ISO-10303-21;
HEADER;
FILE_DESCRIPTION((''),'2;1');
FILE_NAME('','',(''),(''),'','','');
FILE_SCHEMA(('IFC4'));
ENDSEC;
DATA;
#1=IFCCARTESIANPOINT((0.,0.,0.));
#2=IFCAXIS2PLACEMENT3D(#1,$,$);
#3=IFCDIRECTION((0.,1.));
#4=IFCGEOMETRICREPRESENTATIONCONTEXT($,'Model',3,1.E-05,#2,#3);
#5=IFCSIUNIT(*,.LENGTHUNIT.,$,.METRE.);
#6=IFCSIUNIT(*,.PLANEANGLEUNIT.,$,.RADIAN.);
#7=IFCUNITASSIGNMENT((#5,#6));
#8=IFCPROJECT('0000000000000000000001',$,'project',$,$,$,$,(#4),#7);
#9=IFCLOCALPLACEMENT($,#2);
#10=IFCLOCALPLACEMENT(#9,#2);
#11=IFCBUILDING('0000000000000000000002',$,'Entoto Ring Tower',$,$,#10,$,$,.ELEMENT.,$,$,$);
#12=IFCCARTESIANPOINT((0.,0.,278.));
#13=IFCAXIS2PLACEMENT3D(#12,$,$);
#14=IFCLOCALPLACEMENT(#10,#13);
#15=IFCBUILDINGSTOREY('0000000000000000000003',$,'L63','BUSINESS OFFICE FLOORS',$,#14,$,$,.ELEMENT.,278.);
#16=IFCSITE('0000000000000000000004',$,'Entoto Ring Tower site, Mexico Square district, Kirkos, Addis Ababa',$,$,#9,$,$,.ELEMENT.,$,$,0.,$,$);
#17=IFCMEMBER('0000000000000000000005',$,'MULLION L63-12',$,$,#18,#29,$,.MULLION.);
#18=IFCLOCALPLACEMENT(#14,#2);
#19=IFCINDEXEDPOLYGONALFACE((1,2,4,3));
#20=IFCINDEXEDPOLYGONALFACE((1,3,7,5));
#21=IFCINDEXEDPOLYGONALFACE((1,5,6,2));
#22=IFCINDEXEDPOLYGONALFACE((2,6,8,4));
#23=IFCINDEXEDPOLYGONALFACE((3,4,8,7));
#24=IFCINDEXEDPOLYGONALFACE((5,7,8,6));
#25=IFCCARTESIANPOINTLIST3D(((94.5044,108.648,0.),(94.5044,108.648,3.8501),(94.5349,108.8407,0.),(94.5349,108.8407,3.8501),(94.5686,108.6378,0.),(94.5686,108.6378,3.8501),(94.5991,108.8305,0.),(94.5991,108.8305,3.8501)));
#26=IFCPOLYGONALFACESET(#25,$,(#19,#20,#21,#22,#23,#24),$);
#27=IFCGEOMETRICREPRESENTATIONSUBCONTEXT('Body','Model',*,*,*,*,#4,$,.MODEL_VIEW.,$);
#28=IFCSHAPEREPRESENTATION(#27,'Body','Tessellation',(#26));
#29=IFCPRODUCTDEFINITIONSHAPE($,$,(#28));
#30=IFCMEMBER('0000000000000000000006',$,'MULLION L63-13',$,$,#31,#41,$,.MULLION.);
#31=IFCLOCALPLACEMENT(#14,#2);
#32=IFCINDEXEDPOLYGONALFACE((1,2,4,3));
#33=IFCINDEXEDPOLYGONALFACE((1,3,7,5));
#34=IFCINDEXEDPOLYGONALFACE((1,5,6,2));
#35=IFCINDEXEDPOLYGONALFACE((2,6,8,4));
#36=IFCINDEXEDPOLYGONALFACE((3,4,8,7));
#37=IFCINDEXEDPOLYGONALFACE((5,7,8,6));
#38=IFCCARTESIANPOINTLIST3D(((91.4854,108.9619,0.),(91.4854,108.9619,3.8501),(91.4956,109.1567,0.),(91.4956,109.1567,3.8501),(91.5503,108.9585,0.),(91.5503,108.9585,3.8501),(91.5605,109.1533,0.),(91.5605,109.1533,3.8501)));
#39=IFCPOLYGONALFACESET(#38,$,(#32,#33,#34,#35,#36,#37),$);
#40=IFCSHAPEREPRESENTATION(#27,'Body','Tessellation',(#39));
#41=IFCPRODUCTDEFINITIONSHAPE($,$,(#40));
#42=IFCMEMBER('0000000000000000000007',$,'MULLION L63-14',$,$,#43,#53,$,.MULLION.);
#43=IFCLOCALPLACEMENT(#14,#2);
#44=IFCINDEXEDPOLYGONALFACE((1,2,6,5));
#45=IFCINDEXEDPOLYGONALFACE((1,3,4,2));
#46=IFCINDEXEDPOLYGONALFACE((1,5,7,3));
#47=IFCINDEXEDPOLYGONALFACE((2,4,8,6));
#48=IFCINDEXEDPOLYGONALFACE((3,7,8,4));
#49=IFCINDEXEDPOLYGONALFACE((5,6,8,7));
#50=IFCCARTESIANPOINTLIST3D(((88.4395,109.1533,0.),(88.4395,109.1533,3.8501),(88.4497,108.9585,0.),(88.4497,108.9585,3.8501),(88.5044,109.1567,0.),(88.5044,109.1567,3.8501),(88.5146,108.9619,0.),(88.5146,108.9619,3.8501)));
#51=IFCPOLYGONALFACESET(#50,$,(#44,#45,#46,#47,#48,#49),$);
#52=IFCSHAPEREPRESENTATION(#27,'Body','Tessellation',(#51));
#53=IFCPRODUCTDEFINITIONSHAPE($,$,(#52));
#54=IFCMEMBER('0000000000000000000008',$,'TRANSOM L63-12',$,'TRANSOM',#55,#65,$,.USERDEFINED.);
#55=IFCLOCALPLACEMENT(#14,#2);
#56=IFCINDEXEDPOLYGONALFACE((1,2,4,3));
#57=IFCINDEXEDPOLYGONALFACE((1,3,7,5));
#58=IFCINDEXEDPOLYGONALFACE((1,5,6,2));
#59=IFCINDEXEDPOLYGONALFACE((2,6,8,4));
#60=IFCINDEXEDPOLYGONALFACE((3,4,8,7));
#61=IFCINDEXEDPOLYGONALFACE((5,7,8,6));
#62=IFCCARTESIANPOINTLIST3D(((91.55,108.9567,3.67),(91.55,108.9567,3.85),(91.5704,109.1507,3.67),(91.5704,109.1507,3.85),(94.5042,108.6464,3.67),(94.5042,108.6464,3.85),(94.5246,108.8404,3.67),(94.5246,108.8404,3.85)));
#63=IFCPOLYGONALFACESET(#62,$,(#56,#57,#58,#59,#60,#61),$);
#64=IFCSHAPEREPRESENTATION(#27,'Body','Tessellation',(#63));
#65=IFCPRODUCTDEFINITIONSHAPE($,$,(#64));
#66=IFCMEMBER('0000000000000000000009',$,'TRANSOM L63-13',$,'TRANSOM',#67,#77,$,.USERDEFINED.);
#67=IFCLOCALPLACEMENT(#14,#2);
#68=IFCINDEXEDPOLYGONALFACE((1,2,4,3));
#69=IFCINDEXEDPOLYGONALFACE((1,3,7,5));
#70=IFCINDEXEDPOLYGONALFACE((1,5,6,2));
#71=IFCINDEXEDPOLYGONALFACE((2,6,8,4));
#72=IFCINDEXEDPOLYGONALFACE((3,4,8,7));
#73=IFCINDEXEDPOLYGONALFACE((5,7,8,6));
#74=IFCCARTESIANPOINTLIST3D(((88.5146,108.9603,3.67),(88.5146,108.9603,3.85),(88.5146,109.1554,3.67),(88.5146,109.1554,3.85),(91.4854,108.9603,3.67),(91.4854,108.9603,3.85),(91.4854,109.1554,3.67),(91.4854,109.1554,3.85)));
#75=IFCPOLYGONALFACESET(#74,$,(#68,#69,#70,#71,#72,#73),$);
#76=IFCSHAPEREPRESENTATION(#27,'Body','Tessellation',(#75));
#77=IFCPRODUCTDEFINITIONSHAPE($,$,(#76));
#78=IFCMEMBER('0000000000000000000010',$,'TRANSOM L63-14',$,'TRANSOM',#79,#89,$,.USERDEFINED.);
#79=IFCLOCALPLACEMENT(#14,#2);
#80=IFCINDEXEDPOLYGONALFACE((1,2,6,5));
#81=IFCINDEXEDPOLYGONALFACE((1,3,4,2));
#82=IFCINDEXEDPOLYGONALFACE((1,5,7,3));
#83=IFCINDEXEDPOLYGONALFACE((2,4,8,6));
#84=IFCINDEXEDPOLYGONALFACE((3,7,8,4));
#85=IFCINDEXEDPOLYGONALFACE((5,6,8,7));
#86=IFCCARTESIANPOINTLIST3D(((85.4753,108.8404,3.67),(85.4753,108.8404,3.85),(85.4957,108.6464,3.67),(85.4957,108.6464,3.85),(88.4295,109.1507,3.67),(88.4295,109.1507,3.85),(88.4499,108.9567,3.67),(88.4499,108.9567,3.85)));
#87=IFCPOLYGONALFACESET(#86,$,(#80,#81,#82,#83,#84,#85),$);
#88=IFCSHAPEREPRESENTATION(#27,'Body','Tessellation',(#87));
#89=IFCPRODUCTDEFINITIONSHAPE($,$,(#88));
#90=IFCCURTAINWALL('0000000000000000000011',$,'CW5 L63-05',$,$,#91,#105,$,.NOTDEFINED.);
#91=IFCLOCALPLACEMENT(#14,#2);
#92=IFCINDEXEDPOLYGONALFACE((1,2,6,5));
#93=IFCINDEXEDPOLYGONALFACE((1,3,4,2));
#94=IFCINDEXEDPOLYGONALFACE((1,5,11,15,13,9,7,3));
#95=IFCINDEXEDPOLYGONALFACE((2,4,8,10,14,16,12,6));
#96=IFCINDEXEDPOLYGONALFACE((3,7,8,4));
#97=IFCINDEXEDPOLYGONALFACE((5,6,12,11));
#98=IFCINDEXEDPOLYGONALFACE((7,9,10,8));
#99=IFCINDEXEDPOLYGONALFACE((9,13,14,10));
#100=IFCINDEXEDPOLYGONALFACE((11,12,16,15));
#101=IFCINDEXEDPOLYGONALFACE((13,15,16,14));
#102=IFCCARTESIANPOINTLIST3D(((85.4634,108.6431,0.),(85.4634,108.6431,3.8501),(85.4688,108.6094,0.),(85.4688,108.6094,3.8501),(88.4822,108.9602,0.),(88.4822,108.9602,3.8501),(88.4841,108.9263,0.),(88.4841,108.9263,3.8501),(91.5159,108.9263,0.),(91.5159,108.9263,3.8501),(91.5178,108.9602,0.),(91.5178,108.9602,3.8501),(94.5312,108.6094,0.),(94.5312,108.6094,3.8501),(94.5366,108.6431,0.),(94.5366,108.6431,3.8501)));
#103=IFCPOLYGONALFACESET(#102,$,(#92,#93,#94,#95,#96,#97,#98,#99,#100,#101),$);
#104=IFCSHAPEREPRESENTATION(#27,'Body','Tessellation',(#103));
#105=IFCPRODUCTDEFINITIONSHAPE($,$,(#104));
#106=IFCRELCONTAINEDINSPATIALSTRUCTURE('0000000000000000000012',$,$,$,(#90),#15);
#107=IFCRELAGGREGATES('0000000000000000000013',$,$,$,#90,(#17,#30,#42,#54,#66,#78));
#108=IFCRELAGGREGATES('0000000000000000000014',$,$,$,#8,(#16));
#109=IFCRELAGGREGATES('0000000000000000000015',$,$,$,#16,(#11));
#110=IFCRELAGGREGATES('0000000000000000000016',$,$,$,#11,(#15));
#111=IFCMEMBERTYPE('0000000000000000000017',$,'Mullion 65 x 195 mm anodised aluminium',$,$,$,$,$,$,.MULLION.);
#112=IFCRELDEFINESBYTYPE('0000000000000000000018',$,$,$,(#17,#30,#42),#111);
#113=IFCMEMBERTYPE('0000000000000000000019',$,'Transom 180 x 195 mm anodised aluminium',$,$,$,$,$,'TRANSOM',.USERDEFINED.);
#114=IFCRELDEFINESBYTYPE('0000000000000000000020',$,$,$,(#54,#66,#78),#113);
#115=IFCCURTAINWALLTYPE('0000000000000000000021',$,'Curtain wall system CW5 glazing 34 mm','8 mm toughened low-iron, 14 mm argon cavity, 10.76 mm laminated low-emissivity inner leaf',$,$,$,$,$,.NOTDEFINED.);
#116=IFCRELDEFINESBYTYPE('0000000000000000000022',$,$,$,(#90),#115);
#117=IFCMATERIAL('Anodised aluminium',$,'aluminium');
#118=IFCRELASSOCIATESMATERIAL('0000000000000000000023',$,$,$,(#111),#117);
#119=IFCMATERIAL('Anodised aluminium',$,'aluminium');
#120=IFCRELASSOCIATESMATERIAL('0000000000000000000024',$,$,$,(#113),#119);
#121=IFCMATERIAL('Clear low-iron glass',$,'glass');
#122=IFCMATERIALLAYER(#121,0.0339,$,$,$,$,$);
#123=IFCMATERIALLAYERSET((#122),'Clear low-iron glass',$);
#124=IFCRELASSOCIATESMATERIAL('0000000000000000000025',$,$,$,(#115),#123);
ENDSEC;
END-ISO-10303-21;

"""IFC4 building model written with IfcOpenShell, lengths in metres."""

from ifc_helpers import new_model, si_unit, direction, frame, origin, origin_2d, place, context, subcontext, project, spatial, polyline, rectangle, outline, extrude, material, layer, layer_set, material_profile, profile_set, type_object, element, aggregate, save


model = new_model("IFC4")

# Units and contexts
model_context = context("Model", 3, precision=1e-05, world=origin(), true_north=direction((0.0, 1.0)))
body_context = subcontext(model_context, "Body", "Model", "MODEL_VIEW")
ifc_project = project(units=[si_unit("LENGTHUNIT", "METRE"), si_unit("PLANEANGLEUNIT", "RADIAN")], contexts=[model_context])

# Members
ifc_material_1 = material(Name="Anodised aluminium", Category="aluminium")
ifc_material_profile_1 = material_profile(ifc_material_1, rectangle(XDim=0.0649, YDim=0.1951, at=origin_2d()), Name="Mullion 65 x 195 mm anodised aluminium")
ifc_profile_set_1 = profile_set([ifc_material_profile_1], Name="Anodised aluminium")
member_type_1 = type_object("IfcMemberType", Name="Mullion 65 x 195 mm anodised aluminium", PredefinedType="MULLION", material=ifc_profile_set_1)
site_placement = place(None, origin())
building_placement = place(site_placement, origin())
storey_placement = place(building_placement, frame((0.0, 0.0, 278.0)))
member_1_placement = place(storey_placement, frame((94.5518, 108.7393, 0.0), z_axis=(0.0, 0.0, 1.0), x_axis=(-0.987688, 0.156434, 0.0)))
member_1 = element("IfcMember", 1, at=member_1_placement, type_object=member_type_1, Name="MULLION L63-12", PredefinedType="MULLION", context=body_context, shape_type="SweptSolid", body=[
    extrude(rectangle(XDim=0.0649, YDim=0.1951, at=origin_2d()), origin(), (0.0, 0.0, 1.0), 3.8501),
])
member_2_placement = place(storey_placement, frame((91.5229, 109.0576, 0.0), z_axis=(0.0, 0.0, 1.0), x_axis=(-0.99863, 0.052336, 0.0)))
member_2 = element("IfcMember", 2, at=member_2_placement, type_object=member_type_1, Name="MULLION L63-13", PredefinedType="MULLION", context=body_context, shape_type="SweptSolid", body=[
    extrude(rectangle(XDim=0.0649, YDim=0.1951, at=origin_2d()), origin(), (0.0, 0.0, 1.0), 3.8501),
])
member_3_placement = place(storey_placement, frame((88.4771, 109.0576, 0.0), z_axis=(0.0, 0.0, 1.0), x_axis=(-0.99863, -0.052336, 0.0)))
member_3 = element("IfcMember", 3, at=member_3_placement, type_object=member_type_1, Name="MULLION L63-14", PredefinedType="MULLION", context=body_context, shape_type="SweptSolid", body=[
    extrude(rectangle(XDim=0.0649, YDim=0.1951, at=origin_2d()), origin(), (0.0, 0.0, 1.0), 3.8501),
])
ifc_material_2 = material(Name="Anodised aluminium", Category="aluminium")
ifc_material_profile_2 = material_profile(ifc_material_2, rectangle(XDim=0.1951, YDim=0.1799, at=origin_2d()), Name="Transom 180 x 195 mm anodised aluminium")
ifc_profile_set_2 = profile_set([ifc_material_profile_2], Name="Anodised aluminium")
member_type_2 = type_object("IfcMemberType", Name="Transom 180 x 195 mm anodised aluminium", ElementType="TRANSOM", PredefinedType="USERDEFINED", material=ifc_profile_set_2)
member_4_placement = place(storey_placement, frame((94.5144, 108.7434, 3.76), z_axis=(-0.994528, 0.104467, 0.0), x_axis=(-0.104467, -0.994528, 0.0)))
member_4 = element("IfcMember", 4, at=member_4_placement, type_object=member_type_2, Name="TRANSOM L63-12", ObjectType="TRANSOM", PredefinedType="USERDEFINED", context=body_context, shape_type="SweptSolid", body=[
    extrude(rectangle(XDim=0.1951, YDim=0.1799, at=origin_2d()), origin(), (0.0, 0.0, 1.0), 2.9705),
])
member_5_placement = place(storey_placement, frame((91.4854, 109.0579, 3.76), z_axis=(-1.0, 0.0, 0.0), x_axis=(0.0, -1.0, 0.0)))
member_5 = element("IfcMember", 5, at=member_5_placement, type_object=member_type_2, Name="TRANSOM L63-13", ObjectType="TRANSOM", PredefinedType="USERDEFINED", context=body_context, shape_type="SweptSolid", body=[
    extrude(rectangle(XDim=0.1951, YDim=0.1799, at=origin_2d()), origin(), (0.0, 0.0, 1.0), 2.9707),
])
member_6_placement = place(storey_placement, frame((88.4397, 109.0537, 3.76), z_axis=(-0.994528, -0.104467, 0.0), x_axis=(0.104467, -0.994528, 0.0)))
member_6 = element("IfcMember", 6, at=member_6_placement, type_object=member_type_2, Name="TRANSOM L63-14", ObjectType="TRANSOM", PredefinedType="USERDEFINED", context=body_context, shape_type="SweptSolid", body=[
    extrude(rectangle(XDim=0.1951, YDim=0.1799, at=origin_2d()), origin(), (0.0, 0.0, 1.0), 2.9705),
])

# Site, building, storey
site = spatial("IfcSite", under=ifc_project, at=site_placement, Name="Entoto Ring Tower site, Mexico Square district, Kirkos, Addis Ababa", CompositionType="ELEMENT", RefElevation=0.0)
building = spatial("IfcBuilding", under=site, at=building_placement, Name="Entoto Ring Tower", CompositionType="ELEMENT")
storey = spatial("IfcBuildingStorey", under=building, at=storey_placement, Name="L63", Description="BUSINESS OFFICE FLOORS", CompositionType="ELEMENT", Elevation=278.0)

# Curtain wall
ifc_material_3 = material(Name="Clear low-iron glass", Category="glass")
ifc_layer = layer(ifc_material_3, 0.0339)
ifc_layer_set = layer_set([ifc_layer], Name="Clear low-iron glass")
curtain_wall_type = type_object("IfcCurtainWallType", Name="Curtain wall system CW5 glazing 34 mm", Description="8 mm toughened low-iron, 14 mm argon cavity, 10.76 mm laminated low-emissivity inner leaf", PredefinedType="NOTDEFINED", material=ifc_layer_set)
curtain_wall_1_placement = place(storey_placement, origin())
curtain_wall_1 = element("IfcCurtainWall", 7, at=curtain_wall_1_placement, inside=storey, type_object=curtain_wall_type, Name="CW5 L63-05", PredefinedType="NOTDEFINED", context=body_context, shape_type="SweptSolid", body=[
    extrude(outline(polyline([(94.5366, 108.6431), (91.5178, 108.9602), (88.4822, 108.9602), (85.4634, 108.6431), (85.4688, 108.6094), (88.4841, 108.9263), (91.5159, 108.9263), (94.5312, 108.6094), (94.5366, 108.6431)])), origin(), (0.0, 0.0, 1.0), 3.8501),
])
aggregate(curtain_wall_1, [member_1, member_2, member_3, member_4, member_5, member_6])

save(model, "model.ifc")
